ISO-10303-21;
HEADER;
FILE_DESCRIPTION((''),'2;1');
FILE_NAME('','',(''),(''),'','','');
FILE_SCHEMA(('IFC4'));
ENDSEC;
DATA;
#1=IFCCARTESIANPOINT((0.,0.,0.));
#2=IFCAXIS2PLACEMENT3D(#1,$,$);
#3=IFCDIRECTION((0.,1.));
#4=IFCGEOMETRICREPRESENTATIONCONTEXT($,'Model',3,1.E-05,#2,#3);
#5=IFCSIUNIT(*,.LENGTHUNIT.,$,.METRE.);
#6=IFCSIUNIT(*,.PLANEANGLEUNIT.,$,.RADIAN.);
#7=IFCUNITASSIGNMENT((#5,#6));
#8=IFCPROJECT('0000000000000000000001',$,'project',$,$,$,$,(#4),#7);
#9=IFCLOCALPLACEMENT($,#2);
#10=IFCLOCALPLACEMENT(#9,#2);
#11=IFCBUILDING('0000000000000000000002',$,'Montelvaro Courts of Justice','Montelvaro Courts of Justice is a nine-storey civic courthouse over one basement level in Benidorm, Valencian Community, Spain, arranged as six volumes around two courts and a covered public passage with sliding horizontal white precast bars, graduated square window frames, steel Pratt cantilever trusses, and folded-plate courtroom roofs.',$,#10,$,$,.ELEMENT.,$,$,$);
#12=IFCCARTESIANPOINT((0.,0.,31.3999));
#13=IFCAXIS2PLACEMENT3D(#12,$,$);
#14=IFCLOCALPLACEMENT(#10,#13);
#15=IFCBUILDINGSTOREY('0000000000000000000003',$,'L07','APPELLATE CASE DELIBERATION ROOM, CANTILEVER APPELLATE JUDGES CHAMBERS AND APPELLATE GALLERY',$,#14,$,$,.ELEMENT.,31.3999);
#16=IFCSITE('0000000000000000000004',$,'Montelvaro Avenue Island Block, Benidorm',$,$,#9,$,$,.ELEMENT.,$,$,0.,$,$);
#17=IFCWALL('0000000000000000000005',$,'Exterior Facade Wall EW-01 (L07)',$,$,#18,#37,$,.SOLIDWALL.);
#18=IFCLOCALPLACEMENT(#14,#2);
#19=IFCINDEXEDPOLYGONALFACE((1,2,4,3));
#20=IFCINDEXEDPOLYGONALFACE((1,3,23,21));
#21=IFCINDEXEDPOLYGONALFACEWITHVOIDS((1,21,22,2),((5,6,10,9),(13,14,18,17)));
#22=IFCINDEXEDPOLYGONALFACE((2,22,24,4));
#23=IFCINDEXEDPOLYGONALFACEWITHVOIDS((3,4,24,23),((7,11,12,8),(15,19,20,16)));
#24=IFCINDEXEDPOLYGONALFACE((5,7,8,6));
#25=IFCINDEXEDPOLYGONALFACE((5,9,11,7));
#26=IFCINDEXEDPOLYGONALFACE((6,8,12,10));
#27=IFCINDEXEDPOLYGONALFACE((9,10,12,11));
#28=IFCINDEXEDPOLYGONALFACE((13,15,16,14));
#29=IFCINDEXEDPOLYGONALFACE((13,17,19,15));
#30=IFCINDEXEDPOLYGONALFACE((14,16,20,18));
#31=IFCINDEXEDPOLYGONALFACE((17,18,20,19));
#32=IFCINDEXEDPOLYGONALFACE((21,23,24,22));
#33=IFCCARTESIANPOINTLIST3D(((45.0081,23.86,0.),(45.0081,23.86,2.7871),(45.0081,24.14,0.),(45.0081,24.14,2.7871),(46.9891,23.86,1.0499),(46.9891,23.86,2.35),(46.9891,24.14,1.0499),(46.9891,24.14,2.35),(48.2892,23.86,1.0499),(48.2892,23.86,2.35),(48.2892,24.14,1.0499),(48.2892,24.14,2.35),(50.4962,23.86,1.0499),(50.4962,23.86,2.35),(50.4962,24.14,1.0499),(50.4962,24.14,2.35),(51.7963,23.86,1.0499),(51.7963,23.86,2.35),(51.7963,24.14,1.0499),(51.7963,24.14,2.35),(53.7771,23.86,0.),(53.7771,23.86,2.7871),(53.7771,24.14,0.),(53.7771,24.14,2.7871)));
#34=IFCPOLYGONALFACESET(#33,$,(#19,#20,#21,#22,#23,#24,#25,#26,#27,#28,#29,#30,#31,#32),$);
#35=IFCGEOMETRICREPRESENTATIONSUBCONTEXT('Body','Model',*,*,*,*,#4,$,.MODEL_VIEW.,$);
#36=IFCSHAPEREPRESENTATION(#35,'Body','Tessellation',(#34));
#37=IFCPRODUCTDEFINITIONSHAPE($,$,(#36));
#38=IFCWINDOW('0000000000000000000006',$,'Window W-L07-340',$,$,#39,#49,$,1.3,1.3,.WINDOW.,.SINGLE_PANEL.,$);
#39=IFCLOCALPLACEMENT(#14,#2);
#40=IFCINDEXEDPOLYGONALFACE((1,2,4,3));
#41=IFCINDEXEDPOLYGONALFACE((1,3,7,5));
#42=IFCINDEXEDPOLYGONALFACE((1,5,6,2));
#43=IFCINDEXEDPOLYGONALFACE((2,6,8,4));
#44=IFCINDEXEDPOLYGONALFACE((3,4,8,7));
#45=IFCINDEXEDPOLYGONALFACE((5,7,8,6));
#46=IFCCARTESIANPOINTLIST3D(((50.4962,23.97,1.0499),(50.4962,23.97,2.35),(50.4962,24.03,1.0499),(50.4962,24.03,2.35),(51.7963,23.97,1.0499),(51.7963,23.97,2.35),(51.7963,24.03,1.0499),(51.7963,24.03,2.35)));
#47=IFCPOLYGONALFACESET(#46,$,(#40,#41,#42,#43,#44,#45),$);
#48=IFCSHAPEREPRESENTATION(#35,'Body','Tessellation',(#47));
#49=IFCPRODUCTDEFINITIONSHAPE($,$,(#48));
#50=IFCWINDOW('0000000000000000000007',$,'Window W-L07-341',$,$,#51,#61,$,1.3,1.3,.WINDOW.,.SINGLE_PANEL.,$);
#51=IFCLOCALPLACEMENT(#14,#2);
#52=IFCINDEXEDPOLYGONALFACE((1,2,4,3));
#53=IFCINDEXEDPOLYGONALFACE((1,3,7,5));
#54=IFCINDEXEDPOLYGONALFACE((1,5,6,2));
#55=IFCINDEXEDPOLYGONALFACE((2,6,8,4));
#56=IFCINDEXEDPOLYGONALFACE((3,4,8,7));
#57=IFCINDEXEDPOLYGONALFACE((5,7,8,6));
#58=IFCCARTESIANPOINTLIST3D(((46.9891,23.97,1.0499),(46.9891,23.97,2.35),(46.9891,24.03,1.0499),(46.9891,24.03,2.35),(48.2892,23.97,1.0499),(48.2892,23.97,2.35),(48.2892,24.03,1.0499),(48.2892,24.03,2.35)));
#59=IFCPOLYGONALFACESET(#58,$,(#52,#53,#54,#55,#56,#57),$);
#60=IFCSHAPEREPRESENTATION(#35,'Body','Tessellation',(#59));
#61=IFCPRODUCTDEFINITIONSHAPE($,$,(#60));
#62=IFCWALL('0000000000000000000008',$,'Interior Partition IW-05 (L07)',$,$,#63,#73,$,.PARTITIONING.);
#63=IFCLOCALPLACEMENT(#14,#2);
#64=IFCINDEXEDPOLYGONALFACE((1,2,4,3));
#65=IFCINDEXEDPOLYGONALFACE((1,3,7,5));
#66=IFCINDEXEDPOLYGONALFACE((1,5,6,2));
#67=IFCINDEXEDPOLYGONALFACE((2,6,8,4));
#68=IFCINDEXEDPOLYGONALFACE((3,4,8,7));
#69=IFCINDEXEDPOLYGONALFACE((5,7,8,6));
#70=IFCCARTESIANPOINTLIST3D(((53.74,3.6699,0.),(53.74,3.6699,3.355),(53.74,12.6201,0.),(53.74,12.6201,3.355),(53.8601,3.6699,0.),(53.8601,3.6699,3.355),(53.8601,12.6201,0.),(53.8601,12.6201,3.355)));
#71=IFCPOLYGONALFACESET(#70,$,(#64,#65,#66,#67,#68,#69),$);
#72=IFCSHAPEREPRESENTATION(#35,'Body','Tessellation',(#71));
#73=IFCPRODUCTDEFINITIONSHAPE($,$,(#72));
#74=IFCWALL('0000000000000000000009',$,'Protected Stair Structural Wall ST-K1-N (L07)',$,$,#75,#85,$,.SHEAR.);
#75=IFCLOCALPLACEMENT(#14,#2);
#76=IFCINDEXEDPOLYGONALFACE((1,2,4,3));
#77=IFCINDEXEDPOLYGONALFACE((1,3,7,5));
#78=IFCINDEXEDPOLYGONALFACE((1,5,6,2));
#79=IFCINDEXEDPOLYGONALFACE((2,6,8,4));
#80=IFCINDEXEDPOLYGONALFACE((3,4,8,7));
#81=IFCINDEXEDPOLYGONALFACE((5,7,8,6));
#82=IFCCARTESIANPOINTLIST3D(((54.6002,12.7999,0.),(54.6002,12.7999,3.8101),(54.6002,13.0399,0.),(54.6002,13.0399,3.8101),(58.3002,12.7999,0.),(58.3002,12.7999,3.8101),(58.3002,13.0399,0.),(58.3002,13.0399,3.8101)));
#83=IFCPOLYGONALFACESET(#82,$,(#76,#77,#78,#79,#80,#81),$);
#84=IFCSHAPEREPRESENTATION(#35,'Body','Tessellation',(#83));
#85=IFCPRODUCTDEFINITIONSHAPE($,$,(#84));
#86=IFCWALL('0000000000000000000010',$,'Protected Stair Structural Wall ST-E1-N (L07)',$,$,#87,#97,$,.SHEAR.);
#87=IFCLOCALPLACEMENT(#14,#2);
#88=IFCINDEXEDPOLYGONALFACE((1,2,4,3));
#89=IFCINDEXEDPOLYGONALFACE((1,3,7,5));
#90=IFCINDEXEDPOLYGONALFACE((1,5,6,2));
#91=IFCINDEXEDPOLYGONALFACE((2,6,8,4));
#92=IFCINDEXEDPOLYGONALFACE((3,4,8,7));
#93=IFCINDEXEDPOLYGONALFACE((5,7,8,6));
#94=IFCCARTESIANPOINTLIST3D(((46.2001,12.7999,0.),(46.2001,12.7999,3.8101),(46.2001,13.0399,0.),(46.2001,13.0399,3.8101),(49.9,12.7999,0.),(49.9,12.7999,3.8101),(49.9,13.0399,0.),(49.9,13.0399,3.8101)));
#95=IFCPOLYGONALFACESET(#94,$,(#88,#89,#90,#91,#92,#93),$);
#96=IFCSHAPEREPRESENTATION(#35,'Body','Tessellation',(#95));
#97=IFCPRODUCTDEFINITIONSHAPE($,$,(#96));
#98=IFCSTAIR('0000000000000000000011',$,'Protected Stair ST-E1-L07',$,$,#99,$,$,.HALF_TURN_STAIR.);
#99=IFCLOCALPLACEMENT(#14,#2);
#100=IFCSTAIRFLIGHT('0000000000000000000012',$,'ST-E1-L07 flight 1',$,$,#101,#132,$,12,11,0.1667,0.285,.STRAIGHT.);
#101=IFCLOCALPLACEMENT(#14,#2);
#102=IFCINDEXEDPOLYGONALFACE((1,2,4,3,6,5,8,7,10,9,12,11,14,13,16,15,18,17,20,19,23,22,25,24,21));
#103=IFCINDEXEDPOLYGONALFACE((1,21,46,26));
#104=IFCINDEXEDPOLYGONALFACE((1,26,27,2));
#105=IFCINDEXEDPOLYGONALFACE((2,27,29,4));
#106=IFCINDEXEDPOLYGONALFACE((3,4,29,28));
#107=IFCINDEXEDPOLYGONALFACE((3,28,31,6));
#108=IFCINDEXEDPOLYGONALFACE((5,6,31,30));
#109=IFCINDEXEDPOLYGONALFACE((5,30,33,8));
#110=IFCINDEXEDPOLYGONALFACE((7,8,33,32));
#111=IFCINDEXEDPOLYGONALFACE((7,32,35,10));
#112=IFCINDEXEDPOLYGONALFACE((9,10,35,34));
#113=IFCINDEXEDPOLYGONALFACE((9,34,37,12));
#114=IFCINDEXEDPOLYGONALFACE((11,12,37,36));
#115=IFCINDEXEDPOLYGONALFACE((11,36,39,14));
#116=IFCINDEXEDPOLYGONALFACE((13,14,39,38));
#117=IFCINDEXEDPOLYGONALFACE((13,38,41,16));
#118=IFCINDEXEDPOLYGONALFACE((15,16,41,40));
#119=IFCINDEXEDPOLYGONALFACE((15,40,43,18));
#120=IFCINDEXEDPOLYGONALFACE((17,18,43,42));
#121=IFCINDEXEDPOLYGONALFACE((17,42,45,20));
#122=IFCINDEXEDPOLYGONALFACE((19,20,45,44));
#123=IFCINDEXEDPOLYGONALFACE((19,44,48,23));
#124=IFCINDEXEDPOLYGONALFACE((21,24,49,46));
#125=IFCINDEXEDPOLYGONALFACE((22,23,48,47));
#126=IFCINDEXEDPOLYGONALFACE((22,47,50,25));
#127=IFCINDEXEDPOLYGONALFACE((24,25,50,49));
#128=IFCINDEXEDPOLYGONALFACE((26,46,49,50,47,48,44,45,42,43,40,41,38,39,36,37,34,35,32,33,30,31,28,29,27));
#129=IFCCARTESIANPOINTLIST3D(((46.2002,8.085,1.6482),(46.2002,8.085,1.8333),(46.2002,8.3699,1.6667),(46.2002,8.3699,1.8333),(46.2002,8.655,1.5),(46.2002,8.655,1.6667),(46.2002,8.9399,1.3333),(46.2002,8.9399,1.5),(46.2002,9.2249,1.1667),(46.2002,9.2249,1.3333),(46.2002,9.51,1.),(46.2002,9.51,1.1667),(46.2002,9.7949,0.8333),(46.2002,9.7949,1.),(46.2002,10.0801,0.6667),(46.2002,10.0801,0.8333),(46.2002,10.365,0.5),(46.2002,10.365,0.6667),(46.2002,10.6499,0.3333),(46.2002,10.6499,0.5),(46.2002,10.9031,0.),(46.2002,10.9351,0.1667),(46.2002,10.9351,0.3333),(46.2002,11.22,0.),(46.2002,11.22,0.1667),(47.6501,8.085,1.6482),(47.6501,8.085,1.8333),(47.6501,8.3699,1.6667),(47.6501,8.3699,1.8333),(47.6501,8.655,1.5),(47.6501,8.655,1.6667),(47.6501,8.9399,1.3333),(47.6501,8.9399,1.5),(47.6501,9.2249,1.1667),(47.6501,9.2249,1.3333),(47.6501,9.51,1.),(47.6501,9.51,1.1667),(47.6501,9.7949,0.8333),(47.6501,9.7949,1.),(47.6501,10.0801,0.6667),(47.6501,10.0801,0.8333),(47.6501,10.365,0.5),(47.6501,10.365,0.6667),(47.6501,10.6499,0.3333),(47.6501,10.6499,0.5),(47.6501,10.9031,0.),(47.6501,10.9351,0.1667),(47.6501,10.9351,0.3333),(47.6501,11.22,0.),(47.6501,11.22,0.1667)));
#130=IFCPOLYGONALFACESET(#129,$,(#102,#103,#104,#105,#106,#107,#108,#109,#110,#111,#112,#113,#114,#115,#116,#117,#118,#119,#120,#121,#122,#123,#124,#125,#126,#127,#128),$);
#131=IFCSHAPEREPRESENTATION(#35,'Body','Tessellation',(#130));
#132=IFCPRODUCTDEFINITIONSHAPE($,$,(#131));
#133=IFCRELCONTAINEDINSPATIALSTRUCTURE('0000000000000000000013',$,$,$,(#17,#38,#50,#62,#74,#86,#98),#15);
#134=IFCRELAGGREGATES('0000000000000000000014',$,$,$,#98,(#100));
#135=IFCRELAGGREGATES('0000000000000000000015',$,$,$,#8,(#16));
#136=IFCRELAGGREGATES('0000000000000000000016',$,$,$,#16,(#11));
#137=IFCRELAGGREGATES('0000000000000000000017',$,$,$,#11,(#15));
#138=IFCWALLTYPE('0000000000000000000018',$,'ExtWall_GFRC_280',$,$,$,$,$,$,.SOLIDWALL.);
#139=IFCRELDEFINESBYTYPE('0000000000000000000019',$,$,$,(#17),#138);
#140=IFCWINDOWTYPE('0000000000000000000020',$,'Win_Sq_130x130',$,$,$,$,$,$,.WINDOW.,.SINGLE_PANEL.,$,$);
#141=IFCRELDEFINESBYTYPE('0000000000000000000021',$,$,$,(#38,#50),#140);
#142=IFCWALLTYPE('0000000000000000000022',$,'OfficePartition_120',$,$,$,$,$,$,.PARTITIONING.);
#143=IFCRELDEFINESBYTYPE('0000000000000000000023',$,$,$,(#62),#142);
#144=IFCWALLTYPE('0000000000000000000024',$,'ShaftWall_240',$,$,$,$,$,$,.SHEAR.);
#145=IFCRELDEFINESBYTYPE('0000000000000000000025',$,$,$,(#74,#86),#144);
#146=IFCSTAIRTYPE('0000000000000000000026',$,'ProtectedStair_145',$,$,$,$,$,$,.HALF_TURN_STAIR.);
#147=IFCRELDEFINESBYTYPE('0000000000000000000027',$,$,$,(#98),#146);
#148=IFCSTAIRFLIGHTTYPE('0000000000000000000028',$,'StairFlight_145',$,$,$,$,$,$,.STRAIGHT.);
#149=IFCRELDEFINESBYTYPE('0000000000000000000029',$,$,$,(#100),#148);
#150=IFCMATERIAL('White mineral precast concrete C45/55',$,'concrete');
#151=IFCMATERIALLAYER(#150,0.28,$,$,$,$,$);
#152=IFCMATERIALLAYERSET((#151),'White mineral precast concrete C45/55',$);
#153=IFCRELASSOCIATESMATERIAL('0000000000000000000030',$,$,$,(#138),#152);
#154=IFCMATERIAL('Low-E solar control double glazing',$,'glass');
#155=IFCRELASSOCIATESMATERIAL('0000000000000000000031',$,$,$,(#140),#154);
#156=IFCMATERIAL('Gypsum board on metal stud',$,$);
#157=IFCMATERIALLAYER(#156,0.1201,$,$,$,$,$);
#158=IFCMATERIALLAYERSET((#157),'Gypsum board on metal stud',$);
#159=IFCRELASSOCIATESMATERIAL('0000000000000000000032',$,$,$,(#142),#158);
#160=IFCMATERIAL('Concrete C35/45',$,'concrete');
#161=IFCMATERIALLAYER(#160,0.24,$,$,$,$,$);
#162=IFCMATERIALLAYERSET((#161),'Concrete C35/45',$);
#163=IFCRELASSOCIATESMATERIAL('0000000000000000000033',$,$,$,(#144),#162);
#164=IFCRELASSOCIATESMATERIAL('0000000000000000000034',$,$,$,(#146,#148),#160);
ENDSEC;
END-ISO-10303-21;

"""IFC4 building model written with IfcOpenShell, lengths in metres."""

from ifc_helpers import new_model, si_unit, direction, frame, frame_2d, origin, place, context, subcontext, project, spatial, polyline, rectangle, outline, extrude, material, layer, layer_set, type_object, element, fill, aggregate, save


model = new_model("IFC4")

# Units and contexts
model_context = context("Model", 3, precision=1e-05, world=origin(), true_north=direction((0.0, 1.0)))
body_context = subcontext(model_context, "Body", "Model", "MODEL_VIEW")
ifc_project = project(units=[si_unit("LENGTHUNIT", "METRE"), si_unit("PLANEANGLEUNIT", "RADIAN")], contexts=[model_context])

# Site, building, storey
site_placement = place(None, origin())
site = spatial("IfcSite", under=ifc_project, at=site_placement, Name="Montelvaro Avenue Island Block, Benidorm", CompositionType="ELEMENT", RefElevation=0.0)
building_placement = place(site_placement, origin())
building = spatial("IfcBuilding", under=site, at=building_placement, Name="Montelvaro Courts of Justice", Description="Montelvaro Courts of Justice is a nine-storey civic courthouse over one basement level in Benidorm, Valencian Community, Spain, arranged as six volumes around two courts and a covered public passage with sliding horizontal white precast bars, graduated square window frames, steel Pratt cantilever trusses, and folded-plate courtroom roofs.", CompositionType="ELEMENT")
storey_placement = place(building_placement, frame((0.0, 0.0, 31.3999)))
storey = spatial("IfcBuildingStorey", under=building, at=storey_placement, Name="L07", Description="APPELLATE CASE DELIBERATION ROOM, CANTILEVER APPELLATE JUDGES CHAMBERS AND APPELLATE GALLERY", CompositionType="ELEMENT", Elevation=31.3999)

# Shared definitions
ifc_material_1 = material(Name="White mineral precast concrete C45/55", Category="concrete")

# Wall, openings, windows
ifc_layer_1 = layer(ifc_material_1, 0.28)
ifc_layer_set_1 = layer_set([ifc_layer_1], Name="White mineral precast concrete C45/55")
wall_type_1 = type_object("IfcWallType", Name="ExtWall_GFRC_280", PredefinedType="SOLIDWALL", material=ifc_layer_set_1)
wall_1_placement = place(storey_placement, frame((53.7771, 24.0, 0.0), z_axis=(0.0, 0.0, 1.0), x_axis=(-1.0, 0.0, 0.0)))
wall_1 = element("IfcWall", 1, at=wall_1_placement, inside=storey, type_object=wall_type_1, Name="Exterior Facade Wall EW-01 (L07)", PredefinedType="SOLIDWALL", context=body_context, shape_type="SweptSolid", body=[
    extrude(rectangle(XDim=8.769, YDim=0.28, at=frame_2d((4.3845, 0.0))), origin(), (0.0, 0.0, 1.0), 2.7871),
])
opening_1_placement = place(wall_1_placement, frame((1.981, 0.0, 1.05)))
opening_1 = element("IfcOpeningElement", 2, at=opening_1_placement, cuts=wall_1, PredefinedType="OPENING", context=body_context, shape_type="SweptSolid", body=[
    extrude(rectangle(XDim=1.3, YDim=1.3, at=frame_2d((0.6499, 0.6499))), frame((0.0, 0.1548, 0.0), z_axis=(0.0, -1.0, 0.0), x_axis=(1.0, 0.0, 0.0)), (0.0, 0.0, 1.0), 0.3098),
])
opening_2_placement = place(wall_1_placement, frame((5.488, 0.0, 1.05)))
opening_2 = element("IfcOpeningElement", 3, at=opening_2_placement, cuts=wall_1, PredefinedType="OPENING", context=body_context, shape_type="SweptSolid", body=[
    extrude(rectangle(XDim=1.3, YDim=1.3, at=frame_2d((0.6499, 0.6499))), frame((0.0, 0.1548, 0.0), z_axis=(0.0, -1.0, 0.0), x_axis=(1.0, 0.0, 0.0)), (0.0, 0.0, 1.0), 0.3098),
])
ifc_material_2 = material(Name="Low-E solar control double glazing", Category="glass")
window_type = type_object("IfcWindowType", Name="Win_Sq_130x130", PartitioningType="SINGLE_PANEL", PredefinedType="WINDOW", material=ifc_material_2)
window_1_placement = place(opening_1_placement, origin())
window_1 = element("IfcWindow", 4, at=window_1_placement, inside=storey, type_object=window_type, Name="Window W-L07-340", OverallHeight=1.3, OverallWidth=1.3, PartitioningType="SINGLE_PANEL", PredefinedType="WINDOW", context=body_context, shape_type="SweptSolid", body=[
    extrude(rectangle(XDim=1.3, YDim=1.3, at=frame_2d((0.6499, 0.6499))), frame((0.0, 0.03, 0.0), z_axis=(0.0, -1.0, 0.0), x_axis=(1.0, 0.0, 0.0)), (0.0, 0.0, 1.0), 0.0601),
])
fill(opening_1, window_1)
window_2_placement = place(opening_2_placement, origin())
window_2 = element("IfcWindow", 5, at=window_2_placement, inside=storey, type_object=window_type, Name="Window W-L07-341", OverallHeight=1.3, OverallWidth=1.3, PartitioningType="SINGLE_PANEL", PredefinedType="WINDOW", context=body_context, shape_type="SweptSolid", body=[
    extrude(rectangle(XDim=1.3, YDim=1.3, at=frame_2d((0.6499, 0.6499))), frame((0.0, 0.03, 0.0), z_axis=(0.0, -1.0, 0.0), x_axis=(1.0, 0.0, 0.0)), (0.0, 0.0, 1.0), 0.0601),
])
fill(opening_2, window_2)

# Walls
ifc_material_3 = material(Name="Gypsum board on metal stud")
ifc_layer_2 = layer(ifc_material_3, 0.1201)
ifc_layer_set_2 = layer_set([ifc_layer_2], Name="Gypsum board on metal stud")
wall_type_2 = type_object("IfcWallType", Name="OfficePartition_120", PredefinedType="PARTITIONING", material=ifc_layer_set_2)
wall_2_placement = place(storey_placement, frame((53.8, 12.6201, 0.0), z_axis=(0.0, 0.0, 1.0), x_axis=(0.0, -1.0, 0.0)))
element("IfcWall", 6, at=wall_2_placement, inside=storey, type_object=wall_type_2, Name="Interior Partition IW-05 (L07)", PredefinedType="PARTITIONING", context=body_context, shape_type="SweptSolid", body=[
    extrude(rectangle(XDim=8.9502, YDim=0.1201, at=frame_2d((4.4751, 0.0))), origin(), (0.0, 0.0, 1.0), 3.355),
])
ifc_material_4 = material(Name="Concrete C35/45", Category="concrete")
ifc_layer_3 = layer(ifc_material_4, 0.24)
ifc_layer_set_3 = layer_set([ifc_layer_3], Name="Concrete C35/45")
wall_type_3 = type_object("IfcWallType", Name="ShaftWall_240", PredefinedType="SHEAR", material=ifc_layer_set_3)
for number, where, z_axis, x_axis, name in (
    (7, (54.6001, 12.9199, 0.0), (0.0, 0.0, 1.0), (1.0, 0.0, 0.0), "Protected Stair Structural Wall ST-K1-N (L07)"),
    (8, (46.2, 12.9199, 0.0), (0.0, 0.0, 1.0), (1.0, 0.0, 0.0), "Protected Stair Structural Wall ST-E1-N (L07)"),
):
    element("IfcWall", number, at=place(storey_placement, frame(where, z_axis=z_axis, x_axis=x_axis)), inside=storey, type_object=wall_type_3, Name=name, PredefinedType="SHEAR", context=body_context, shape_type="SweptSolid", body=[
        extrude(rectangle(XDim=3.7, YDim=0.24, at=frame_2d((1.8501, 0.0))), origin(), (0.0, 0.0, 1.0), 3.8101),
    ])

# Stair, stair flight
stair_type = type_object("IfcStairType", Name="ProtectedStair_145", PredefinedType="HALF_TURN_STAIR", material=ifc_material_4)
stair_placement = place(storey_placement, origin())
stair = element("IfcStair", 9, at=stair_placement, inside=storey, type_object=stair_type, Name="Protected Stair ST-E1-L07", PredefinedType="HALF_TURN_STAIR")
stair_flight_type = type_object("IfcStairFlightType", Name="StairFlight_145", PredefinedType="STRAIGHT", material=ifc_material_4)
stair_flight_placement = place(storey_placement, frame((46.925, 11.22, 0.0), z_axis=(0.0, 0.0, 1.0), x_axis=(0.0, -1.0, 0.0)))
stair_flight = element("IfcStairFlight", 10, at=stair_flight_placement, type_object=stair_flight_type, Name="ST-E1-L07 flight 1", NumberOfRisers=12, NumberOfTreads=11, PredefinedType="STRAIGHT", RiserHeight=0.1667, TreadLength=0.285, context=body_context, shape_type="SweptSolid", body=[
    extrude(outline(polyline([(0.0, 0.0), (0.0, 0.1667), (0.2849, 0.1667), (0.2849, 0.3333), (0.5701, 0.3333), (0.5701, 0.5), (0.855, 0.5), (0.855, 0.6667), (1.1399, 0.6667), (1.1399, 0.8333), (1.425, 0.8333), (1.425, 1.0), (1.71, 1.0), (1.71, 1.1667), (1.9951, 1.1667), (1.9951, 1.3333), (2.28, 1.3333), (2.28, 1.5), (2.5649, 1.5), (2.5649, 1.6667), (2.8501, 1.6667), (2.8501, 1.8333), (3.135, 1.8333), (3.135, 2.0), (3.135, 1.6482), (0.3169, 0.0), (0.0, 0.0)])), frame((0.0, 0.7251, 0.0), z_axis=(0.0, -1.0, 0.0), x_axis=(1.0, 0.0, 0.0)), (0.0, 0.0, 1.0), 1.45),
])
aggregate(stair, [stair_flight])

save(model, "model.ifc")
